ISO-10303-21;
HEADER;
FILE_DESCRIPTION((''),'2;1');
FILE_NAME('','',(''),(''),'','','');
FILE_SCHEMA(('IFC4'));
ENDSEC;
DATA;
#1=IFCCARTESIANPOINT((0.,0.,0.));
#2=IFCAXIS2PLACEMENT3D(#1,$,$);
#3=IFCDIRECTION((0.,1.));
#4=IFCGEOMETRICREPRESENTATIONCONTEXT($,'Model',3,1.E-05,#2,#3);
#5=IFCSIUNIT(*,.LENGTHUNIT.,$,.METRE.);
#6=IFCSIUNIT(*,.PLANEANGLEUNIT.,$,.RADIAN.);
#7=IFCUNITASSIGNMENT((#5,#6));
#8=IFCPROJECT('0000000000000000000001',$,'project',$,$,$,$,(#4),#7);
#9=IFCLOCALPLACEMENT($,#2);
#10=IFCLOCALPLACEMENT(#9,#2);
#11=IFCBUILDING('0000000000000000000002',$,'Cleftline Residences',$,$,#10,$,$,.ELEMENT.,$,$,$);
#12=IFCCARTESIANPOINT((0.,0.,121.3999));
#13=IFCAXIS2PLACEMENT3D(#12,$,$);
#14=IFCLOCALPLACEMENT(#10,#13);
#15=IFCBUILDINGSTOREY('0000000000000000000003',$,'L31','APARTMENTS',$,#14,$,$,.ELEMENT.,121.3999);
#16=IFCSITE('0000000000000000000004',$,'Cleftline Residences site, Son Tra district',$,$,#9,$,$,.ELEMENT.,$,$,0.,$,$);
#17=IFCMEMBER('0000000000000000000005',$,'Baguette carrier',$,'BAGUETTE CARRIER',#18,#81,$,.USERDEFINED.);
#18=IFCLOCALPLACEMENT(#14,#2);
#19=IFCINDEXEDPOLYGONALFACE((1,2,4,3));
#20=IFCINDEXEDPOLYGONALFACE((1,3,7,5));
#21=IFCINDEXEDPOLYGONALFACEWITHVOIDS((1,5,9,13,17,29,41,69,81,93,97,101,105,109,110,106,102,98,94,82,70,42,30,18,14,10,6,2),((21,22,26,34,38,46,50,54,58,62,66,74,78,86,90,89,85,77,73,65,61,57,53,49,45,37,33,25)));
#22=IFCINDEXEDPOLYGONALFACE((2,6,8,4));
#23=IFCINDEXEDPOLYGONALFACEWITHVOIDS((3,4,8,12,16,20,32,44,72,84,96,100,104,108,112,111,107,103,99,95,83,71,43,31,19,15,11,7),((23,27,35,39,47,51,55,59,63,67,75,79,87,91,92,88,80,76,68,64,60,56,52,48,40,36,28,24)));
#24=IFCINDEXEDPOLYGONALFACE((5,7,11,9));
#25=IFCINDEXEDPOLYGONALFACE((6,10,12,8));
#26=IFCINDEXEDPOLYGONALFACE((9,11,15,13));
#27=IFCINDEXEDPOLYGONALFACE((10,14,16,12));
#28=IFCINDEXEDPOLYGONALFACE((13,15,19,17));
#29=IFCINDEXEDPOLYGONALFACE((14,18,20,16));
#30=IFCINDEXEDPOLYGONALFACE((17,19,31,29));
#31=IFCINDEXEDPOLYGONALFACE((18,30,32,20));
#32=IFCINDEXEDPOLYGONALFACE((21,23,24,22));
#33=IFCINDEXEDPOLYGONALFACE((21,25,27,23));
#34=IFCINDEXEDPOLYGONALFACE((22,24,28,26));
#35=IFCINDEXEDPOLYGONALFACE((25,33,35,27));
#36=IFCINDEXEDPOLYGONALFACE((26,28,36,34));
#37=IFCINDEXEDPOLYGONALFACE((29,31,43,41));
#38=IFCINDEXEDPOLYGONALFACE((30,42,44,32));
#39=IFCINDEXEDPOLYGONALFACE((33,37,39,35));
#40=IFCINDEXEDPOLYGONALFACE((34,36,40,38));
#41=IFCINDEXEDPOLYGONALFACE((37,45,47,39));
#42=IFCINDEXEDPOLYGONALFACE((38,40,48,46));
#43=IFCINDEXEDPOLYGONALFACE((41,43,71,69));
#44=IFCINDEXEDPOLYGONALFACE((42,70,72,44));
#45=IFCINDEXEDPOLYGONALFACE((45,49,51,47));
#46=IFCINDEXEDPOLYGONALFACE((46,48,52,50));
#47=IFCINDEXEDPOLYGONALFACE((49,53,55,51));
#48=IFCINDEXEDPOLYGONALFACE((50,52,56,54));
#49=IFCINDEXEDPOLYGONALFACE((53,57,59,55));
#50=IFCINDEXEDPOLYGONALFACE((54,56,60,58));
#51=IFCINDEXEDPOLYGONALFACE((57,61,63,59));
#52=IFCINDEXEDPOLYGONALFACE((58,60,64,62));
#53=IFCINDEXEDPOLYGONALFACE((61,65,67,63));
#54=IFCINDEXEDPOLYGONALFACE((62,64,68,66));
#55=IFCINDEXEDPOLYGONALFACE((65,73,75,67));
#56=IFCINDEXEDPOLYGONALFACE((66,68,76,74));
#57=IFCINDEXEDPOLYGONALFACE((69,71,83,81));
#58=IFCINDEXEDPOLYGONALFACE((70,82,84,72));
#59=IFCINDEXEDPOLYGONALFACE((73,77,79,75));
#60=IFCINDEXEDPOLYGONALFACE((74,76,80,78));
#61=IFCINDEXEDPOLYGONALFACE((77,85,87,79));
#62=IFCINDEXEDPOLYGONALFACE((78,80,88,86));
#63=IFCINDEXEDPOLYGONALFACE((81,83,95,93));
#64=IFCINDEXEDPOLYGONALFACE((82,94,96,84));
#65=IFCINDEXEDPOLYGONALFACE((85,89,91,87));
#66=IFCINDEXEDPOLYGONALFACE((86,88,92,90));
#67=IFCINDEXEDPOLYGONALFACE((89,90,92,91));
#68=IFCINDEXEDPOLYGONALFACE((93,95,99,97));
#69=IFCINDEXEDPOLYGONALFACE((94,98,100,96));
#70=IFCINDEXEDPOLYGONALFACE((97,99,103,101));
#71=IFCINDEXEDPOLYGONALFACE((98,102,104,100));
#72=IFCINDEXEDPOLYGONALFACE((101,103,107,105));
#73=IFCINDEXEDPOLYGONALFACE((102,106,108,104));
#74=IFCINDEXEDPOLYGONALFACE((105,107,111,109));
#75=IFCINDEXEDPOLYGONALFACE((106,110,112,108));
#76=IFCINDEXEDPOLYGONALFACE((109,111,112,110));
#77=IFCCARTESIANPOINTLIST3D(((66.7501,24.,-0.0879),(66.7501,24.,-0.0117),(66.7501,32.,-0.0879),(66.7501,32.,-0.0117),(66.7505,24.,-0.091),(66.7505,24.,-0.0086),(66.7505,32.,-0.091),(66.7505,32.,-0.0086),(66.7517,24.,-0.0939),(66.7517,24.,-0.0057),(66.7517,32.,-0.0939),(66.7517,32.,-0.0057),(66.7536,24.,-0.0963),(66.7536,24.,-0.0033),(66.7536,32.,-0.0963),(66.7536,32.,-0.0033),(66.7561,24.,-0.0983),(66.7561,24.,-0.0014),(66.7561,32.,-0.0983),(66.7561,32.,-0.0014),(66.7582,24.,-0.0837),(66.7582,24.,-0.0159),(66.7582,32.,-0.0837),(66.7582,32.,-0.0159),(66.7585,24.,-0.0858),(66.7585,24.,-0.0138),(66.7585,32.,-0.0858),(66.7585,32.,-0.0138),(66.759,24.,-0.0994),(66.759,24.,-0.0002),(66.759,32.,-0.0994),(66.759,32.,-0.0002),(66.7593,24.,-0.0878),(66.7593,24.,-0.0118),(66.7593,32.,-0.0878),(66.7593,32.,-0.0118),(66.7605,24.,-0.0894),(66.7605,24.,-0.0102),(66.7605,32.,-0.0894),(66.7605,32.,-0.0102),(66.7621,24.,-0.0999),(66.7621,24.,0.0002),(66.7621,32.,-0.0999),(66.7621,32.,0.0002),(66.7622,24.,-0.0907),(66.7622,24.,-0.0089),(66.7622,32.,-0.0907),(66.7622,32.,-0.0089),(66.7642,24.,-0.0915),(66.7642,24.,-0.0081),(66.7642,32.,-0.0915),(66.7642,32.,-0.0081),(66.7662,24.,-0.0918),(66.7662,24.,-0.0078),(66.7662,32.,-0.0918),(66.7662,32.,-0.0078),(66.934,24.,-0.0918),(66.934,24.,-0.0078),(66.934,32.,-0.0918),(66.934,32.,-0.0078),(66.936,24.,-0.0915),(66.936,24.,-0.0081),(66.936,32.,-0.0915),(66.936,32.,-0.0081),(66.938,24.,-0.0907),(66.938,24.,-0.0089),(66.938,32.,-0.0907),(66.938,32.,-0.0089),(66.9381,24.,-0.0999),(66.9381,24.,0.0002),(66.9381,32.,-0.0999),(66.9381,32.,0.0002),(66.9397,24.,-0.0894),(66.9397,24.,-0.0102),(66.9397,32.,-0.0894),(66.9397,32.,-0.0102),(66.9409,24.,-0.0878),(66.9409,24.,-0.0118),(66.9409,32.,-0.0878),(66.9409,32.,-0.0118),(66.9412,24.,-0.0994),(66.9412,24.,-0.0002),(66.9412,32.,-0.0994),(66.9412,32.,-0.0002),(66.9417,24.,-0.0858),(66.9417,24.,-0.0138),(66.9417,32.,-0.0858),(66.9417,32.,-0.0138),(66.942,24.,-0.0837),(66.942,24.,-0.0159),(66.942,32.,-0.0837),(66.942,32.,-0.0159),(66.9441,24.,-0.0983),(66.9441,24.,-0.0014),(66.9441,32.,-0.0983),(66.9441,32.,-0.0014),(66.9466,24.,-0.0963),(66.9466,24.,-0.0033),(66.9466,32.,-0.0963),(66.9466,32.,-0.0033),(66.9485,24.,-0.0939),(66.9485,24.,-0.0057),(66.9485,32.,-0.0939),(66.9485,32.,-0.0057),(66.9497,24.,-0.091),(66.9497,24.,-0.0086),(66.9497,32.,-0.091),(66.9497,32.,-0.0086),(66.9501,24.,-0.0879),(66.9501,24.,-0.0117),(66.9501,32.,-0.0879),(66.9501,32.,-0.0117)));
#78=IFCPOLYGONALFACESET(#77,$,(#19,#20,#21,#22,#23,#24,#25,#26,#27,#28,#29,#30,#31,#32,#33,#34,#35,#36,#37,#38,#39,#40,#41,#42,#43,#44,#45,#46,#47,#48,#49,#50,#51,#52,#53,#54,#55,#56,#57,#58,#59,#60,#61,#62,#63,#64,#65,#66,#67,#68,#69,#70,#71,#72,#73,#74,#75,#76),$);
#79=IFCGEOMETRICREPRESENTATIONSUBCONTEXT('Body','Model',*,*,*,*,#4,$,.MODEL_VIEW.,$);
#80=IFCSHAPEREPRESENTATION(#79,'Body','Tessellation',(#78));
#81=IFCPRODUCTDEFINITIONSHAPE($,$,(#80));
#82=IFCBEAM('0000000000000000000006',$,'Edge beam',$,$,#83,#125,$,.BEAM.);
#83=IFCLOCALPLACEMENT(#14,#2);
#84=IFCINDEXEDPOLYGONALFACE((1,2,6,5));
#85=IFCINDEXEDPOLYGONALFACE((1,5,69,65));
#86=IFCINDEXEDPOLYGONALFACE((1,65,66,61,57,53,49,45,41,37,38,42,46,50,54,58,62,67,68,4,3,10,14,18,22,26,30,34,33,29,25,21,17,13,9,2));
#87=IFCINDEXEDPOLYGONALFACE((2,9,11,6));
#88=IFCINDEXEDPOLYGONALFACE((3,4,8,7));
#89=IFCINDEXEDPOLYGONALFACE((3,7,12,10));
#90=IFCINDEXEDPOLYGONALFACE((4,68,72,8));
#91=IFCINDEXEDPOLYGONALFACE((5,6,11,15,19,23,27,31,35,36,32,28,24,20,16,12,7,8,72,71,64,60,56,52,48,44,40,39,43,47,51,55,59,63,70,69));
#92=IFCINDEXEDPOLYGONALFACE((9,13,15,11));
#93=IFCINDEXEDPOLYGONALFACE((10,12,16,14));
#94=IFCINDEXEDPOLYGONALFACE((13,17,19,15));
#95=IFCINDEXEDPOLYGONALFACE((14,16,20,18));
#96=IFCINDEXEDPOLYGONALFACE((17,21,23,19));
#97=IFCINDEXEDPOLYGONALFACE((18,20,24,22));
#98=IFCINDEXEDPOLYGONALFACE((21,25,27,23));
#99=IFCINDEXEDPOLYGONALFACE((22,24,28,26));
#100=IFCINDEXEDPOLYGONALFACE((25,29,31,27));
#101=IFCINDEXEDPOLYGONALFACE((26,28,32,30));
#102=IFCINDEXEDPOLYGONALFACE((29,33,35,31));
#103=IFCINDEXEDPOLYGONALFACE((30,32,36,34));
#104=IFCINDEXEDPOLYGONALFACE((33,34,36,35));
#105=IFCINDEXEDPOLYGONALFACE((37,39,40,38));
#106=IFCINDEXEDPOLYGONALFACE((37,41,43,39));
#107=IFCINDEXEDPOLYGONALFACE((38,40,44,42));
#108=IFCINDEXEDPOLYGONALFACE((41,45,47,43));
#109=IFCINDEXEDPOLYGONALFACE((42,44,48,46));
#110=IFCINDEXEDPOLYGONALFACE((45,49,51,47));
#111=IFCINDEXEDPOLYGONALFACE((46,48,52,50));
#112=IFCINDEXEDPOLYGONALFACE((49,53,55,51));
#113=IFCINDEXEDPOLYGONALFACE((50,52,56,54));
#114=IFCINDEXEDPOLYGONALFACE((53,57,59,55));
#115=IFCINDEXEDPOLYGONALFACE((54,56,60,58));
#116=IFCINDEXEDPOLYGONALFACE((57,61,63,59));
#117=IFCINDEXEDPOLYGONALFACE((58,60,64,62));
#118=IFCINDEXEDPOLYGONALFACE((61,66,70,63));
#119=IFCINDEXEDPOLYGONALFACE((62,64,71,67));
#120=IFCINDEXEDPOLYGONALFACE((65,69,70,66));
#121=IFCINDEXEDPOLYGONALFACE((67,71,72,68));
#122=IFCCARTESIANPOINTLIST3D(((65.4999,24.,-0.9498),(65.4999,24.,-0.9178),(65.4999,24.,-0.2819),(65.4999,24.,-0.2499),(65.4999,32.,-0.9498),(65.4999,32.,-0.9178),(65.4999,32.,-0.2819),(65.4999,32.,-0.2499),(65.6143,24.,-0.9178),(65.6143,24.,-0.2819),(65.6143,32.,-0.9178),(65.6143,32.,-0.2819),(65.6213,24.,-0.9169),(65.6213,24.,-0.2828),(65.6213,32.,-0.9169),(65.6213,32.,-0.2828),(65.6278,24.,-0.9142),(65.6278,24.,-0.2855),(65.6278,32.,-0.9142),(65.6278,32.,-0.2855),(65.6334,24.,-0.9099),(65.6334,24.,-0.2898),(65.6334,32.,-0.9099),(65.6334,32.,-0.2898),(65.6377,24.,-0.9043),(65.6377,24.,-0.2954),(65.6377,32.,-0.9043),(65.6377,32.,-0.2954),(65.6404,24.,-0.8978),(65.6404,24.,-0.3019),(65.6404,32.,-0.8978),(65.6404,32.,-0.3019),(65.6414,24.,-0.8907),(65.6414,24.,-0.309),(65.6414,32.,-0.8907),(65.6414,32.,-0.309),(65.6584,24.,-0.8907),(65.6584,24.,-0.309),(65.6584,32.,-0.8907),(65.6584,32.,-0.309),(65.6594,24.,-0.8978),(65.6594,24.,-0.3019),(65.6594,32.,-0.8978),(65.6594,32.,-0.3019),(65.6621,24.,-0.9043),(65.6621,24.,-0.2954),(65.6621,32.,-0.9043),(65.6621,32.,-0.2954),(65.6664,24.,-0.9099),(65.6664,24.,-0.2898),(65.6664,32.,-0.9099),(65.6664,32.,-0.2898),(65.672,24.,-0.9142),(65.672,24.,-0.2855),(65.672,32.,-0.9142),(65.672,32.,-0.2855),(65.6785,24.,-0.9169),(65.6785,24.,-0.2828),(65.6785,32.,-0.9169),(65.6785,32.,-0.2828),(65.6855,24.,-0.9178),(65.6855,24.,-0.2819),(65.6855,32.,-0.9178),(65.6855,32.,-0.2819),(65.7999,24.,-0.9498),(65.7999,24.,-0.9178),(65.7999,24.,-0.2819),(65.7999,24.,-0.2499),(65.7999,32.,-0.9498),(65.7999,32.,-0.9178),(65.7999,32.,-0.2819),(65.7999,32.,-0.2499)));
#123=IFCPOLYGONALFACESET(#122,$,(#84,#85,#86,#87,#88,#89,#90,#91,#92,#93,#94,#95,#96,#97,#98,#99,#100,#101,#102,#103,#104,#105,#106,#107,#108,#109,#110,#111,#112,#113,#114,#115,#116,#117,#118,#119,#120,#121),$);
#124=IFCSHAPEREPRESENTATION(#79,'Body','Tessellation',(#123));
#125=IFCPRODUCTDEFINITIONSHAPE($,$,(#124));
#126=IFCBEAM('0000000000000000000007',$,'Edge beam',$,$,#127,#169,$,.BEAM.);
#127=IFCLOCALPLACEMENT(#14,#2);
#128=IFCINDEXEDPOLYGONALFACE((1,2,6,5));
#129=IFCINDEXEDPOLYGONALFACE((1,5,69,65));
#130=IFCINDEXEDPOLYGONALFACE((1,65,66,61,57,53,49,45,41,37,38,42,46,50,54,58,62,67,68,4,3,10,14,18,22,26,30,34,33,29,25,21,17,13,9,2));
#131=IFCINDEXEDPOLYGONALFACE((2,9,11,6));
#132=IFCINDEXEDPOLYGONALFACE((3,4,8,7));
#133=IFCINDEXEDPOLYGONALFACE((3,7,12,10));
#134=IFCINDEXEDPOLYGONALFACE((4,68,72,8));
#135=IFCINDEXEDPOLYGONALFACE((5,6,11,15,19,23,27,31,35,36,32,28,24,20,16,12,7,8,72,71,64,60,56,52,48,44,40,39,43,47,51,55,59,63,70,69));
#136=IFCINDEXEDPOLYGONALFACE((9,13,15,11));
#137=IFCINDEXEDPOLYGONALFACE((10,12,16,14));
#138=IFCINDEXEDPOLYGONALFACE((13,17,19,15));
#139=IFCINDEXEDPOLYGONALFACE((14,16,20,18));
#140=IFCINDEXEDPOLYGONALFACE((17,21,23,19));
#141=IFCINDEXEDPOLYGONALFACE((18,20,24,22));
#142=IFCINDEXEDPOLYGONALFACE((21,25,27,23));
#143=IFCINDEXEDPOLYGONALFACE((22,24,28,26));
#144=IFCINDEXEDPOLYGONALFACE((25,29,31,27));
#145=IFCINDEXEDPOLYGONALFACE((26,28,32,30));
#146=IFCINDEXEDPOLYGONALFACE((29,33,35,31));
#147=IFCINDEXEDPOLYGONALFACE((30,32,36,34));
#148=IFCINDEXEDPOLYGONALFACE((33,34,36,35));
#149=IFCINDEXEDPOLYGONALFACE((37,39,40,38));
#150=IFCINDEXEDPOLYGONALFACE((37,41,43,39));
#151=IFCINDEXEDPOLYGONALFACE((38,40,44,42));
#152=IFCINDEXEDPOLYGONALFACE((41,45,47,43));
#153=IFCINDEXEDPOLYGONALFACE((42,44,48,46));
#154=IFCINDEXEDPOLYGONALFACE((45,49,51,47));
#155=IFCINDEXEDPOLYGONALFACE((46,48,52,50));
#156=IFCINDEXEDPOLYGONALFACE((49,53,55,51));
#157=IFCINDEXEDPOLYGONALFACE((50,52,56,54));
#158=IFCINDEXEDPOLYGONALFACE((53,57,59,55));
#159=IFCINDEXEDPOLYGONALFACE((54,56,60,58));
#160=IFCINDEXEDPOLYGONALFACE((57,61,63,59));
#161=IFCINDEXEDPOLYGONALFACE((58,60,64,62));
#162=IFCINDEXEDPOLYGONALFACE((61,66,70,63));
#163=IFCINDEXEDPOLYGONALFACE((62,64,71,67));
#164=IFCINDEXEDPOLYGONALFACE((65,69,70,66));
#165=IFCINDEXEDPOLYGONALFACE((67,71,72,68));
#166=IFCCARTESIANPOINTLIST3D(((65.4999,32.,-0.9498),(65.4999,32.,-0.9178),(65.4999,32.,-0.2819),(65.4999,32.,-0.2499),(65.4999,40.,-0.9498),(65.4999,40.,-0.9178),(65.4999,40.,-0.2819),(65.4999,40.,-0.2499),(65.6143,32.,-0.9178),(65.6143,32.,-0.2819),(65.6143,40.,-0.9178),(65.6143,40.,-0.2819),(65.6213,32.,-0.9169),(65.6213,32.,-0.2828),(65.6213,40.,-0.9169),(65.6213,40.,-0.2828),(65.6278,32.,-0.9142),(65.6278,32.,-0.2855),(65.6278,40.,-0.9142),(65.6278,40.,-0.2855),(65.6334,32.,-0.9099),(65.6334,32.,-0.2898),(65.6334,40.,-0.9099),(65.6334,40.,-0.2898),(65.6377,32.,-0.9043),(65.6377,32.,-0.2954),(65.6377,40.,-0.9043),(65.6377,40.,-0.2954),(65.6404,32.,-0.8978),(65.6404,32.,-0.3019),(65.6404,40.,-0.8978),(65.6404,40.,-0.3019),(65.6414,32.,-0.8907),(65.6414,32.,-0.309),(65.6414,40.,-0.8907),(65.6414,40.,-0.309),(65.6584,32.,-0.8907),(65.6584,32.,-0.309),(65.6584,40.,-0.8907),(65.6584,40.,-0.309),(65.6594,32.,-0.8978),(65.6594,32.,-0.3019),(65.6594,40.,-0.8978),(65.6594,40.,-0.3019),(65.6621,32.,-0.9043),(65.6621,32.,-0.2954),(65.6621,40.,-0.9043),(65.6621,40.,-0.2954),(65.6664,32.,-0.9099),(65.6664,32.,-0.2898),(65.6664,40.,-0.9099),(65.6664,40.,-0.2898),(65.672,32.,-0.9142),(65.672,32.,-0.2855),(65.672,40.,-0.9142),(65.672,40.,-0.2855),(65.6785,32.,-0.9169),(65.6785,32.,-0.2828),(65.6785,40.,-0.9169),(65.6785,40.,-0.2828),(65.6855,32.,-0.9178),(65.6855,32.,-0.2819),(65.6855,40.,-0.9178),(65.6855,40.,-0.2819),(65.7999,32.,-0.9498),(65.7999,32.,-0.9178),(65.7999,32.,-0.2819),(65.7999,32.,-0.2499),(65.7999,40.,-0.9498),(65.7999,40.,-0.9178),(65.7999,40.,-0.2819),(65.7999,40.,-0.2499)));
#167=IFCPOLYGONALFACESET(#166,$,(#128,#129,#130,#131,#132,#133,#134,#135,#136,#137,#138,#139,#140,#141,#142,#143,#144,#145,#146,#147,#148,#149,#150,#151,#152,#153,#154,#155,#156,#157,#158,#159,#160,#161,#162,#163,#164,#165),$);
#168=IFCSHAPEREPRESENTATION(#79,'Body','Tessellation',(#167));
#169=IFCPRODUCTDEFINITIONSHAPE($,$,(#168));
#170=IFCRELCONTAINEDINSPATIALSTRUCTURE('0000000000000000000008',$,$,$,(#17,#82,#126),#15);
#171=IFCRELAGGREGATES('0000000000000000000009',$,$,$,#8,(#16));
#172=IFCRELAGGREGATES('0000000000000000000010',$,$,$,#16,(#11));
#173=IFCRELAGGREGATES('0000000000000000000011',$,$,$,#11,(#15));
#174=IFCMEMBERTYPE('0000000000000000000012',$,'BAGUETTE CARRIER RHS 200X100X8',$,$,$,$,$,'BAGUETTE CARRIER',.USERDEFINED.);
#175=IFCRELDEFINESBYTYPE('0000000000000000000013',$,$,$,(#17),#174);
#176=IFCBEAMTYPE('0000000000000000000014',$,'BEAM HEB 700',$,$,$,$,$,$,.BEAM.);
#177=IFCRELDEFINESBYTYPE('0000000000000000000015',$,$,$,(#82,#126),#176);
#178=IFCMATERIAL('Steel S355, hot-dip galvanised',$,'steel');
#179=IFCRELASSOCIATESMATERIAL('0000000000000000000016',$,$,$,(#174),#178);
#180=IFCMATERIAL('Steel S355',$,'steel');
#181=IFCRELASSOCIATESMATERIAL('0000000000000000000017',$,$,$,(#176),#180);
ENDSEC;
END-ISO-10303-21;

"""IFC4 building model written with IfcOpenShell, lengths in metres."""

from ifc_helpers import new_model, si_unit, direction, frame, origin, origin_2d, place, context, subcontext, project, spatial, hollow_rectangle, i_section, extrude, material, material_profile, profile_set, type_object, element, save


model = new_model("IFC4")

# Units and contexts
model_context = context("Model", 3, precision=1e-05, world=origin(), true_north=direction((0.0, 1.0)))
body_context = subcontext(model_context, "Body", "Model", "MODEL_VIEW")
ifc_project = project(units=[si_unit("LENGTHUNIT", "METRE"), si_unit("PLANEANGLEUNIT", "RADIAN")], contexts=[model_context])

# Site, building, storey
site_placement = place(None, origin())
site = spatial("IfcSite", under=ifc_project, at=site_placement, Name="Cleftline Residences site, Son Tra district", CompositionType="ELEMENT", RefElevation=0.0)
building_placement = place(site_placement, origin())
building = spatial("IfcBuilding", under=site, at=building_placement, Name="Cleftline Residences", CompositionType="ELEMENT")
storey_placement = place(building_placement, frame((0.0, 0.0, 121.3999)))
storey = spatial("IfcBuildingStorey", under=building, at=storey_placement, Name="L31", Description="APARTMENTS", CompositionType="ELEMENT", Elevation=121.3999)

# Member
ifc_material_1 = material(Name="Steel S355, hot-dip galvanised", Category="steel")
ifc_material_profile_1 = material_profile(ifc_material_1, hollow_rectangle(XDim=0.1001, YDim=0.2, WallThickness=0.0081, InnerFilletRadius=0.0081, OuterFilletRadius=0.012, at=origin_2d()))
ifc_profile_set_1 = profile_set([ifc_material_profile_1], Name="Steel S355, hot-dip galvanised")
member_type_1 = type_object("IfcMemberType", Name="BAGUETTE CARRIER RHS 200X100X8", ElementType="BAGUETTE CARRIER", PredefinedType="USERDEFINED", material=ifc_profile_set_1)
member_1_placement = place(storey_placement, frame((66.8501, 24.0, -0.0498), z_axis=(0.0, 1.0, 0.0), x_axis=(0.0, 0.0, 1.0)))
element("IfcMember", 1, at=member_1_placement, inside=storey, type_object=member_type_1, Name="Baguette carrier", ObjectType="BAGUETTE CARRIER", PredefinedType="USERDEFINED", context=body_context, shape_type="SweptSolid", body=[
    extrude(hollow_rectangle(XDim=0.1001, YDim=0.2, WallThickness=0.0081, InnerFilletRadius=0.0081, OuterFilletRadius=0.012, at=origin_2d()), origin(), (0.0, 0.0, 1.0), 8.0),
])

# Beams
ifc_material_2 = material(Name="Steel S355", Category="steel")
ifc_material_profile_2 = material_profile(ifc_material_2, i_section(OverallWidth=0.3, OverallDepth=0.7, WebThickness=0.0171, FlangeThickness=0.032, FilletRadius=0.0271, at=origin_2d()))
ifc_profile_set_2 = profile_set([ifc_material_profile_2], Name="Steel S355")
beam_type_1 = type_object("IfcBeamType", Name="BEAM HEB 700", PredefinedType="BEAM", material=ifc_profile_set_2)
for number, where, z_axis, x_axis, name in (
    (2, (65.6499, 24.0, -0.5999), (0.0, 1.0, 0.0), (-1.0, 0.0, 0.0), "Edge beam"),
    (3, (65.6499, 32.0, -0.5999), (0.0, 1.0, 0.0), (-1.0, 0.0, 0.0), "Edge beam"),
):
    element("IfcBeam", number, at=place(storey_placement, frame(where, z_axis=z_axis, x_axis=x_axis)), inside=storey, type_object=beam_type_1, Name=name, PredefinedType="BEAM", context=body_context, shape_type="SweptSolid", body=[
        extrude(i_section(OverallWidth=0.3, OverallDepth=0.7, WebThickness=0.0171, FlangeThickness=0.032, FilletRadius=0.0271, at=origin_2d()), origin(), (0.0, 0.0, 1.0), 8.0),
    ])

save(model, "model.ifc")
